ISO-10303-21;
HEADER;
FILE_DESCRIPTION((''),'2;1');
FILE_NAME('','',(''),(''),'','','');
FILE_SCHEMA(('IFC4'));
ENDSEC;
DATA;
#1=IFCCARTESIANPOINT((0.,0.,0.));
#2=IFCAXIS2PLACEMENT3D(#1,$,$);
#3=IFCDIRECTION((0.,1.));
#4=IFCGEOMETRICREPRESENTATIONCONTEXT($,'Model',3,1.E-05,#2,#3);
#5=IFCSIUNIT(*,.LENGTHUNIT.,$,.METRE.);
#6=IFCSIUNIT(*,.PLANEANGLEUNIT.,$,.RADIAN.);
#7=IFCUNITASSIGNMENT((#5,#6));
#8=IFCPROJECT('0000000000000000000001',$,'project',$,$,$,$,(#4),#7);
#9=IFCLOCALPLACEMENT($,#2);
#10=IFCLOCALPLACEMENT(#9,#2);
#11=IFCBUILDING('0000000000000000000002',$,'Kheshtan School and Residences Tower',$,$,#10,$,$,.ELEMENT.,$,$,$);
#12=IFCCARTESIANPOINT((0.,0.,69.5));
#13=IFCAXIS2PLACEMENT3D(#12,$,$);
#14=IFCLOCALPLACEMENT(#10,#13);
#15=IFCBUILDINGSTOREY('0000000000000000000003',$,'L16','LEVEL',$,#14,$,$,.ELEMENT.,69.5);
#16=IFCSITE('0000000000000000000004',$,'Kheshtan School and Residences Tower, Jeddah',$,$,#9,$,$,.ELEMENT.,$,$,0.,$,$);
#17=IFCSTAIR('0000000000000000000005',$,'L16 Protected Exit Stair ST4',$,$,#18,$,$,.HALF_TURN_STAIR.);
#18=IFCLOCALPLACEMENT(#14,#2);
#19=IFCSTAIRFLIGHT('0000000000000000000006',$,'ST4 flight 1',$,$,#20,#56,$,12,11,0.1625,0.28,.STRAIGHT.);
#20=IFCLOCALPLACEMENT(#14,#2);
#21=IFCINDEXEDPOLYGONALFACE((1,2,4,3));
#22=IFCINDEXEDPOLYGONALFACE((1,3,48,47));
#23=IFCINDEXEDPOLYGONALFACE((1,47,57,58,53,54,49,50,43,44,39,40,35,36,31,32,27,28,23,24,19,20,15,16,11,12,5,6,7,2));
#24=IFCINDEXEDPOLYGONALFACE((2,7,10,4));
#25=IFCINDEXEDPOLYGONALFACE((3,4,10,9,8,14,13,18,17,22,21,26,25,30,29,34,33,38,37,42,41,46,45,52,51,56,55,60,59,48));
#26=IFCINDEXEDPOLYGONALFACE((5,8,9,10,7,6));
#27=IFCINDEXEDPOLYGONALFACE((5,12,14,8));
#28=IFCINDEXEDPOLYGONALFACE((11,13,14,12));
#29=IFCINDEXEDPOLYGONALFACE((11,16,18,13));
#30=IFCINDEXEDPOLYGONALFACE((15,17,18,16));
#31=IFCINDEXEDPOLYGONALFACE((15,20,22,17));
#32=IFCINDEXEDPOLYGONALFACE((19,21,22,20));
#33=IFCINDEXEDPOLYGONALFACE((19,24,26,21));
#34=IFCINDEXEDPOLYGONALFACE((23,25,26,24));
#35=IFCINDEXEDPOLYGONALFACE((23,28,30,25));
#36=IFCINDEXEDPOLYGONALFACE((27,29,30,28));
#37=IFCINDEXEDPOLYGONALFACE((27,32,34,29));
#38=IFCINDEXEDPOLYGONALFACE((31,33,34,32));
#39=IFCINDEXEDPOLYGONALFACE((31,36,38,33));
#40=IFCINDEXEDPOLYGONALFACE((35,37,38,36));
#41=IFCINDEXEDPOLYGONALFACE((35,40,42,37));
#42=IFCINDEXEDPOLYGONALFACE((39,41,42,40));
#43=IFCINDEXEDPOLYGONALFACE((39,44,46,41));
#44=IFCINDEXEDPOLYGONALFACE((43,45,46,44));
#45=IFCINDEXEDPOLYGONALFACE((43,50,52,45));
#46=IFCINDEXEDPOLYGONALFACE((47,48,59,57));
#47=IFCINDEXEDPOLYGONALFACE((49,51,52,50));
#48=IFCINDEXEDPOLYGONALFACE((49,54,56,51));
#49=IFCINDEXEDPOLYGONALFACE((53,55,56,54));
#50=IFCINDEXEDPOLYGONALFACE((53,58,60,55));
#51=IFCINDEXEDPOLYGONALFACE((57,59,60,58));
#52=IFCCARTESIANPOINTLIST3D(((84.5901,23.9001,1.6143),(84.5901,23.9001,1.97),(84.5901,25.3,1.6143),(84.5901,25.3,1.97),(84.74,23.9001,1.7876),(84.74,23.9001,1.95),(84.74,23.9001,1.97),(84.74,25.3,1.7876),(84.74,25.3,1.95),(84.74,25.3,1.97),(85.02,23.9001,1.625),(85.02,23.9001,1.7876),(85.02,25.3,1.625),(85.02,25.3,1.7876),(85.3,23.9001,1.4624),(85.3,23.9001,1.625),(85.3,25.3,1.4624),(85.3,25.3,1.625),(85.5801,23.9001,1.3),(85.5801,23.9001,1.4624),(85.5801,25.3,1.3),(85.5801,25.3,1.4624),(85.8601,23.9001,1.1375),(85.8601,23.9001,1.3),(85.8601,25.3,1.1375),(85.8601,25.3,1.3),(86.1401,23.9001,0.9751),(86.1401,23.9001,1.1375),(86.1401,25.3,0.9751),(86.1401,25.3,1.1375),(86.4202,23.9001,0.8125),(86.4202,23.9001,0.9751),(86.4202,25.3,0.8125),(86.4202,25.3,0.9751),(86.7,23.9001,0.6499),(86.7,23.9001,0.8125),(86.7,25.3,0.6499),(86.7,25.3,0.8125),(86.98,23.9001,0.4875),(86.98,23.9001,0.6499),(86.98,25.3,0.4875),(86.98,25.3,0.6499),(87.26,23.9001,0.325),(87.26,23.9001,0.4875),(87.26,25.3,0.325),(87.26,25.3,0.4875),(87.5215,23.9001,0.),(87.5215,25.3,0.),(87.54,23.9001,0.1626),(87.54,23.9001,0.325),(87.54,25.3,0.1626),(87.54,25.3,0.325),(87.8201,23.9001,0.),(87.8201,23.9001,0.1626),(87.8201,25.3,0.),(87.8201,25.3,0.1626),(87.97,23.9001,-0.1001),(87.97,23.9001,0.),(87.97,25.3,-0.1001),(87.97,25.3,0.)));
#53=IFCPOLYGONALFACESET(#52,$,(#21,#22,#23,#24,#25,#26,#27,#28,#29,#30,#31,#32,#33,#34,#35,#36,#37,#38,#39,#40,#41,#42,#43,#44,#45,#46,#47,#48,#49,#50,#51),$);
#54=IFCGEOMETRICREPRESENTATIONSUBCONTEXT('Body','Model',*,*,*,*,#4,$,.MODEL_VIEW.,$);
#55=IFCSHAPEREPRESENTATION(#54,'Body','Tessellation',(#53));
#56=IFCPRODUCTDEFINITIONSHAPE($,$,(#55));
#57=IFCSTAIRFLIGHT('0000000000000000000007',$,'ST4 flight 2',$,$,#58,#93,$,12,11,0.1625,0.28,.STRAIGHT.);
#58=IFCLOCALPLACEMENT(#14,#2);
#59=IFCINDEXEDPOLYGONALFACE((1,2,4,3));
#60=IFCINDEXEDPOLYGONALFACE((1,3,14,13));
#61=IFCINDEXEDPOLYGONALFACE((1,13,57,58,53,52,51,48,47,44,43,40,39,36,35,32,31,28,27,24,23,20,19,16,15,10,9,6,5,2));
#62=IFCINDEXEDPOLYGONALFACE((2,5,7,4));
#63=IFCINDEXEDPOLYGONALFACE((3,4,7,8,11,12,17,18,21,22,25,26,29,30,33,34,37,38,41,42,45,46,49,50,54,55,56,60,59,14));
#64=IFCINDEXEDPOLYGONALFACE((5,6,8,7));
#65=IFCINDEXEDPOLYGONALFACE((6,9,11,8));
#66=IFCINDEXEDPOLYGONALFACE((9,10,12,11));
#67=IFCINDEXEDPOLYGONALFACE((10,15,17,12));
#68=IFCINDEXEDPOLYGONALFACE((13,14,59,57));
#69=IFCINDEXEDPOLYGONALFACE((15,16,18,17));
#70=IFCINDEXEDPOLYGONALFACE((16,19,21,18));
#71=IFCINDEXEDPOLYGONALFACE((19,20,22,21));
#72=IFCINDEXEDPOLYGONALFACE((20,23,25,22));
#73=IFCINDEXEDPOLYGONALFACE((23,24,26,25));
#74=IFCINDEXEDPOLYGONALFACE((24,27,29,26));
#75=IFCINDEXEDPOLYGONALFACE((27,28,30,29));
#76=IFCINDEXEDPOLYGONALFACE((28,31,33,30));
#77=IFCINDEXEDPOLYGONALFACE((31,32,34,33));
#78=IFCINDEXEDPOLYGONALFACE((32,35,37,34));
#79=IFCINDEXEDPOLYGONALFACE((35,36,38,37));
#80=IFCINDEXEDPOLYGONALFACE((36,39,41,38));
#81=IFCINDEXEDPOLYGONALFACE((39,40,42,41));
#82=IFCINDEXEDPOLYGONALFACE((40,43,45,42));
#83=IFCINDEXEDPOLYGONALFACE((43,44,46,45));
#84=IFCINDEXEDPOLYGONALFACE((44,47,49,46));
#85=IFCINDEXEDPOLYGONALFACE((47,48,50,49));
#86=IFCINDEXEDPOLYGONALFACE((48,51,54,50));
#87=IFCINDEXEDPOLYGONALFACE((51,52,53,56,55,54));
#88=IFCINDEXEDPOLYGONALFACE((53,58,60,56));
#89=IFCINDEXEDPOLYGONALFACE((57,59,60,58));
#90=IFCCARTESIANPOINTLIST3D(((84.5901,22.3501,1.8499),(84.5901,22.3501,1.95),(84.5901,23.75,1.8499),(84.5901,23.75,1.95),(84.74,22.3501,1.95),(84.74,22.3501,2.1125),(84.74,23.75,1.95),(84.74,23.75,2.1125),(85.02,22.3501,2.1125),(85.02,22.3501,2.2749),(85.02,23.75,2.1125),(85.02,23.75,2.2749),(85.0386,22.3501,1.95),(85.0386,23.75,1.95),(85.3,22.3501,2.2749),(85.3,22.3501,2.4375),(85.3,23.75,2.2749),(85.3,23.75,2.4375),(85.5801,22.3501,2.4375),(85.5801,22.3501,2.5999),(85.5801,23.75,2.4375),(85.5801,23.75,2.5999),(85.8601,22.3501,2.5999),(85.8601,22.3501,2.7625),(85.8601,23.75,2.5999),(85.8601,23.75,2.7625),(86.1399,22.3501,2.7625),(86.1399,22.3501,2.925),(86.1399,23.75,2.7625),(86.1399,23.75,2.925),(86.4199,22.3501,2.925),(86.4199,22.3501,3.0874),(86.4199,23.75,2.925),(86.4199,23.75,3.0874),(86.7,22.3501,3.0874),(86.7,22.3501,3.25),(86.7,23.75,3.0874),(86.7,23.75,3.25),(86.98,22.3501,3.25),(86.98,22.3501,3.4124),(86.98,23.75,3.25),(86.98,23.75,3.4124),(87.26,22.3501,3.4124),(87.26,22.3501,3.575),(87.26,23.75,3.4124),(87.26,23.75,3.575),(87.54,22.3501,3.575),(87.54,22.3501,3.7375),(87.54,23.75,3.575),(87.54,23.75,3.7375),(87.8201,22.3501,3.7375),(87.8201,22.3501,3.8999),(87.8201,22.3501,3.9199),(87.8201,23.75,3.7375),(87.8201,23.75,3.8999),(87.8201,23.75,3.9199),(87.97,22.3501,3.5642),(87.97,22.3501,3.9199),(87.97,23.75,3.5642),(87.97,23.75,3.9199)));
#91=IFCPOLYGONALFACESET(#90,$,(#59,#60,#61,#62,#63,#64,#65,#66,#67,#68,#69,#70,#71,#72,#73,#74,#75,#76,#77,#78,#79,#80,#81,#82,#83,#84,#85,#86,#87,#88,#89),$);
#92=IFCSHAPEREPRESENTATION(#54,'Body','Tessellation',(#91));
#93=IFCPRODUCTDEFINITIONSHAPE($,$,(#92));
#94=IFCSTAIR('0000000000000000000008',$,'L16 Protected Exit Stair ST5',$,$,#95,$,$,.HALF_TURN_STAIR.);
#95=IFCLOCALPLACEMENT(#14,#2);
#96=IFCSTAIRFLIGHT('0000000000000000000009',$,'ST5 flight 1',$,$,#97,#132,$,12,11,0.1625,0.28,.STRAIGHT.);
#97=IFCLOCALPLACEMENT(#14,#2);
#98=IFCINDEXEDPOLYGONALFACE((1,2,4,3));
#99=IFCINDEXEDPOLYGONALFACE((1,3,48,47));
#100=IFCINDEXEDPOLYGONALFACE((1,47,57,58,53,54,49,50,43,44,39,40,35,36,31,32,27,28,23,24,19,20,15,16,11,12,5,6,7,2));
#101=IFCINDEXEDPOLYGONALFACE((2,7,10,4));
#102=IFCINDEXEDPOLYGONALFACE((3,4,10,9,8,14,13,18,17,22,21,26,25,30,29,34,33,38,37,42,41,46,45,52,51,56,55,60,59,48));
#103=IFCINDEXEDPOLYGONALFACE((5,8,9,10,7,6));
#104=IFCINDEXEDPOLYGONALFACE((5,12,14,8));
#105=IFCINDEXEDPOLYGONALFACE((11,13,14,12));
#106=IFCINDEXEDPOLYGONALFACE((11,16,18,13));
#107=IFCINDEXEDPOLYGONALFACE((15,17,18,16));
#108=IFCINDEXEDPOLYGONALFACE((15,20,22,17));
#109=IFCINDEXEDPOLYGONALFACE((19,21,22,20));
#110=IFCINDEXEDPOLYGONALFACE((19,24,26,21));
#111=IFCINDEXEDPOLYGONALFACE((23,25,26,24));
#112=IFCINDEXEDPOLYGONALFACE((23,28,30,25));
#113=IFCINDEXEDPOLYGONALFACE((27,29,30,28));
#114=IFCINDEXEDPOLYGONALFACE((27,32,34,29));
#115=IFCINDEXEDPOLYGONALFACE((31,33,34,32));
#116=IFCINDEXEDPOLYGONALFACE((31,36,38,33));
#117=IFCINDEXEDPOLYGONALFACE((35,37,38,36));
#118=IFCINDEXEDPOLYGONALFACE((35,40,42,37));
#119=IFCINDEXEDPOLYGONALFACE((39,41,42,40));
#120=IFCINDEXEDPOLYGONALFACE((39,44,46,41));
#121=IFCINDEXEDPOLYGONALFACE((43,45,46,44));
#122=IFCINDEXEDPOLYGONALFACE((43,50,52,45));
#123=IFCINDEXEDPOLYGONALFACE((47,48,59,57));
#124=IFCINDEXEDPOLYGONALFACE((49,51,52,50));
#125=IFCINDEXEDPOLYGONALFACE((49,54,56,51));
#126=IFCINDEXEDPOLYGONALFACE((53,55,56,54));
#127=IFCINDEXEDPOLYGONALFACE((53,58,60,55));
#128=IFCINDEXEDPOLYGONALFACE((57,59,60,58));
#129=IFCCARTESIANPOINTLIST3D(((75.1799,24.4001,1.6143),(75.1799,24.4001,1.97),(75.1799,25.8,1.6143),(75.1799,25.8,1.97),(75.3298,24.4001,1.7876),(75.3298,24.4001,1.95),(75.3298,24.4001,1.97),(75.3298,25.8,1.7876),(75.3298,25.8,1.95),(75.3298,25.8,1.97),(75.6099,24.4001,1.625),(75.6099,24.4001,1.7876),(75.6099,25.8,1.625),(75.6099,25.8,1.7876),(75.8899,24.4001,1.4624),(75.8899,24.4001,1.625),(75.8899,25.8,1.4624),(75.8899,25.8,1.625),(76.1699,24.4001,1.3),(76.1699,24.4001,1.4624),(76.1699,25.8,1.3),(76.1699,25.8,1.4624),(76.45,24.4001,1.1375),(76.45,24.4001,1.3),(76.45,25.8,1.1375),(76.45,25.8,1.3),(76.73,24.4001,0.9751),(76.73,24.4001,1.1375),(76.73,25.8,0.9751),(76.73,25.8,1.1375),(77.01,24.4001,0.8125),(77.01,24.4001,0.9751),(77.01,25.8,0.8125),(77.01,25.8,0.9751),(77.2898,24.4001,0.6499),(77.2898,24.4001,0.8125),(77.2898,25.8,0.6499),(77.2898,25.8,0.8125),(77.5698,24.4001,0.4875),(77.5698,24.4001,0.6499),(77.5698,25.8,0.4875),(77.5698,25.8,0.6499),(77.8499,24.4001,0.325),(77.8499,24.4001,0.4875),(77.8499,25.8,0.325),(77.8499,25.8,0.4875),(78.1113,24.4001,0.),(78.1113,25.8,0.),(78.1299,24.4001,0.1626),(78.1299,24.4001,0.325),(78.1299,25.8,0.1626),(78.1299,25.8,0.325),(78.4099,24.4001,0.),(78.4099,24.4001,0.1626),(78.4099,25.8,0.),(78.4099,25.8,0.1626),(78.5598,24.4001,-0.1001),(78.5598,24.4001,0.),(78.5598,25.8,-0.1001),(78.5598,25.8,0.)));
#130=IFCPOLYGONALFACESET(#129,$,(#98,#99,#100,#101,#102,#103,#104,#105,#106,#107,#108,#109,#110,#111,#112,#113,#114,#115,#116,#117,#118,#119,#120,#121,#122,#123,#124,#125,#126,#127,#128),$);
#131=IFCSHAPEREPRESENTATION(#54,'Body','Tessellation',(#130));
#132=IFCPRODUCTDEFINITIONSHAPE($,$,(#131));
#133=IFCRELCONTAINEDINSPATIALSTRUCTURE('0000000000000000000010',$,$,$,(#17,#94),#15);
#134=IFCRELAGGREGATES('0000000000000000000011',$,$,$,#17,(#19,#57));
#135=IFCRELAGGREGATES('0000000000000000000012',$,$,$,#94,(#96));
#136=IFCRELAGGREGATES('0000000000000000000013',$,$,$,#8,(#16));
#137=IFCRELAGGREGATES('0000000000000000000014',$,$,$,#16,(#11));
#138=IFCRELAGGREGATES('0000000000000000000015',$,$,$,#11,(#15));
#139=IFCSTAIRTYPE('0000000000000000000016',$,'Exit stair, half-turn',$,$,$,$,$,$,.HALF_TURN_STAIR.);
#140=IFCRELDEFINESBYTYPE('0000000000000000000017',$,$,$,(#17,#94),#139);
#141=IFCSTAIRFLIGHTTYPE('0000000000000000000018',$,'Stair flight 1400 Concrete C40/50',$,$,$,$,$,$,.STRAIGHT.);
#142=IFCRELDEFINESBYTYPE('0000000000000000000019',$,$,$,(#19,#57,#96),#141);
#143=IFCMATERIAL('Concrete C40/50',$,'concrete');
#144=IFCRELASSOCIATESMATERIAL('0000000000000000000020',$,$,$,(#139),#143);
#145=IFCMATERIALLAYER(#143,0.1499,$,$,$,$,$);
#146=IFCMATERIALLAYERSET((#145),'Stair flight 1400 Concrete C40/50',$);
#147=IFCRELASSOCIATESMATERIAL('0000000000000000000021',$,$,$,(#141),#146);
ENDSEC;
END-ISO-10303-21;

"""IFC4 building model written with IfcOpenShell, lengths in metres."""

from ifc_helpers import new_model, si_unit, direction, frame, origin, place, context, subcontext, project, spatial, polyline, outline, extrude, material, layer, layer_set, type_object, element, aggregate, save


model = new_model("IFC4")

# Units and contexts
model_context = context("Model", 3, precision=1e-05, world=origin(), true_north=direction((0.0, 1.0)))
body_context = subcontext(model_context, "Body", "Model", "MODEL_VIEW")
ifc_project = project(units=[si_unit("LENGTHUNIT", "METRE"), si_unit("PLANEANGLEUNIT", "RADIAN")], contexts=[model_context])

# Site, building, storey
site_placement = place(None, origin())
site = spatial("IfcSite", under=ifc_project, at=site_placement, Name="Kheshtan School and Residences Tower, Jeddah", CompositionType="ELEMENT", RefElevation=0.0)
building_placement = place(site_placement, origin())
building = spatial("IfcBuilding", under=site, at=building_placement, Name="Kheshtan School and Residences Tower", CompositionType="ELEMENT")
storey_placement = place(building_placement, frame((0.0, 0.0, 69.5)))
storey = spatial("IfcBuildingStorey", under=building, at=storey_placement, Name="L16", Description="LEVEL", CompositionType="ELEMENT", Elevation=69.5)

# Shared definitions
ifc_material_1 = material(Name="Concrete C40/50", Category="concrete")

# Stair, stair flights
stair_type = type_object("IfcStairType", Name="Exit stair, half-turn", PredefinedType="HALF_TURN_STAIR", material=ifc_material_1)
stair_1_placement = place(storey_placement, origin())
stair_1 = element("IfcStair", 1, at=stair_1_placement, inside=storey, type_object=stair_type, Name="L16 Protected Exit Stair ST4", PredefinedType="HALF_TURN_STAIR")
ifc_layer_1 = layer(ifc_material_1, 0.1499)
ifc_layer_set_1 = layer_set([ifc_layer_1], Name="Stair flight 1400 Concrete C40/50")
stair_flight_type = type_object("IfcStairFlightType", Name="Stair flight 1400 Concrete C40/50", PredefinedType="STRAIGHT", material=ifc_layer_set_1)
stair_flight_1_placement = place(storey_placement, frame((87.8201, 24.6001, 0.0), z_axis=(0.0, 0.0, 1.0), x_axis=(-1.0, 0.0, 0.0)))
stair_flight_1 = element("IfcStairFlight", 2, at=stair_flight_1_placement, type_object=stair_flight_type, Name="ST4 flight 1", NumberOfRisers=12, NumberOfTreads=11, PredefinedType="STRAIGHT", RiserHeight=0.1625, TreadLength=0.28, context=body_context, shape_type="SweptSolid", body=[
    extrude(outline(polyline([(-0.1499, -0.1001), (-0.1499, 0.0), (0.0, 0.0), (0.0, 0.1626), (0.28, 0.1626), (0.28, 0.325), (0.5601, 0.325), (0.5601, 0.4875), (0.8401, 0.4875), (0.8401, 0.6499), (1.1201, 0.6499), (1.1201, 0.8125), (1.3999, 0.8125), (1.3999, 0.9751), (1.6799, 0.9751), (1.6799, 1.1375), (1.96, 1.1375), (1.96, 1.3), (2.24, 1.3), (2.24, 1.4624), (2.52, 1.4624), (2.52, 1.625), (2.8, 1.625), (2.8, 1.7876), (3.0801, 1.7876), (3.0801, 1.95), (3.0801, 1.97), (3.23, 1.97), (3.23, 1.6143), (0.2986, 0.0), (-0.1499, -0.1001)])), frame((0.0, 0.7, 0.0), z_axis=(0.0, -1.0, 0.0), x_axis=(1.0, 0.0, 0.0)), (0.0, 0.0, 1.0), 1.3999),
])
stair_flight_2_placement = place(storey_placement, frame((84.74, 23.05, 1.95), z_axis=(0.0, 0.0, 1.0), x_axis=(1.0, 0.0, 0.0)))
stair_flight_2 = element("IfcStairFlight", 3, at=stair_flight_2_placement, type_object=stair_flight_type, Name="ST4 flight 2", NumberOfRisers=12, NumberOfTreads=11, PredefinedType="STRAIGHT", RiserHeight=0.1625, TreadLength=0.28, context=body_context, shape_type="SweptSolid", body=[
    extrude(outline(polyline([(-0.1499, -0.1001), (-0.1499, 0.0), (0.0, 0.0), (0.0, 0.1626), (0.28, 0.1626), (0.28, 0.325), (0.5601, 0.325), (0.5601, 0.4875), (0.8401, 0.4875), (0.8401, 0.6499), (1.1201, 0.6499), (1.1201, 0.8125), (1.3999, 0.8125), (1.3999, 0.9751), (1.6799, 0.9751), (1.6799, 1.1375), (1.96, 1.1375), (1.96, 1.3), (2.24, 1.3), (2.24, 1.4624), (2.52, 1.4624), (2.52, 1.625), (2.8, 1.625), (2.8, 1.7876), (3.0801, 1.7876), (3.0801, 1.95), (3.0801, 1.97), (3.23, 1.97), (3.23, 1.6143), (0.2986, 0.0), (-0.1499, -0.1001)])), frame((0.0, 0.7, 0.0), z_axis=(0.0, -1.0, 0.0), x_axis=(1.0, 0.0, 0.0)), (0.0, 0.0, 1.0), 1.3999),
])
aggregate(stair_1, [stair_flight_1, stair_flight_2])

# Stair, stair flight
stair_2_placement = place(storey_placement, origin())
stair_2 = element("IfcStair", 4, at=stair_2_placement, inside=storey, type_object=stair_type, Name="L16 Protected Exit Stair ST5", PredefinedType="HALF_TURN_STAIR")
stair_flight_3_placement = place(storey_placement, frame((78.4099, 25.1001, 0.0), z_axis=(0.0, 0.0, 1.0), x_axis=(-1.0, 0.0, 0.0)))
stair_flight_3 = element("IfcStairFlight", 5, at=stair_flight_3_placement, type_object=stair_flight_type, Name="ST5 flight 1", NumberOfRisers=12, NumberOfTreads=11, PredefinedType="STRAIGHT", RiserHeight=0.1625, TreadLength=0.28, context=body_context, shape_type="SweptSolid", body=[
    extrude(outline(polyline([(-0.1499, -0.1001), (-0.1499, 0.0), (0.0, 0.0), (0.0, 0.1626), (0.28, 0.1626), (0.28, 0.325), (0.5601, 0.325), (0.5601, 0.4875), (0.8401, 0.4875), (0.8401, 0.6499), (1.1201, 0.6499), (1.1201, 0.8125), (1.3999, 0.8125), (1.3999, 0.9751), (1.6799, 0.9751), (1.6799, 1.1375), (1.96, 1.1375), (1.96, 1.3), (2.24, 1.3), (2.24, 1.4624), (2.52, 1.4624), (2.52, 1.625), (2.8, 1.625), (2.8, 1.7876), (3.0801, 1.7876), (3.0801, 1.95), (3.0801, 1.97), (3.23, 1.97), (3.23, 1.6143), (0.2986, 0.0), (-0.1499, -0.1001)])), frame((0.0, 0.7, 0.0), z_axis=(0.0, -1.0, 0.0), x_axis=(1.0, 0.0, 0.0)), (0.0, 0.0, 1.0), 1.3999),
])
aggregate(stair_2, [stair_flight_3])

save(model, "model.ifc")
